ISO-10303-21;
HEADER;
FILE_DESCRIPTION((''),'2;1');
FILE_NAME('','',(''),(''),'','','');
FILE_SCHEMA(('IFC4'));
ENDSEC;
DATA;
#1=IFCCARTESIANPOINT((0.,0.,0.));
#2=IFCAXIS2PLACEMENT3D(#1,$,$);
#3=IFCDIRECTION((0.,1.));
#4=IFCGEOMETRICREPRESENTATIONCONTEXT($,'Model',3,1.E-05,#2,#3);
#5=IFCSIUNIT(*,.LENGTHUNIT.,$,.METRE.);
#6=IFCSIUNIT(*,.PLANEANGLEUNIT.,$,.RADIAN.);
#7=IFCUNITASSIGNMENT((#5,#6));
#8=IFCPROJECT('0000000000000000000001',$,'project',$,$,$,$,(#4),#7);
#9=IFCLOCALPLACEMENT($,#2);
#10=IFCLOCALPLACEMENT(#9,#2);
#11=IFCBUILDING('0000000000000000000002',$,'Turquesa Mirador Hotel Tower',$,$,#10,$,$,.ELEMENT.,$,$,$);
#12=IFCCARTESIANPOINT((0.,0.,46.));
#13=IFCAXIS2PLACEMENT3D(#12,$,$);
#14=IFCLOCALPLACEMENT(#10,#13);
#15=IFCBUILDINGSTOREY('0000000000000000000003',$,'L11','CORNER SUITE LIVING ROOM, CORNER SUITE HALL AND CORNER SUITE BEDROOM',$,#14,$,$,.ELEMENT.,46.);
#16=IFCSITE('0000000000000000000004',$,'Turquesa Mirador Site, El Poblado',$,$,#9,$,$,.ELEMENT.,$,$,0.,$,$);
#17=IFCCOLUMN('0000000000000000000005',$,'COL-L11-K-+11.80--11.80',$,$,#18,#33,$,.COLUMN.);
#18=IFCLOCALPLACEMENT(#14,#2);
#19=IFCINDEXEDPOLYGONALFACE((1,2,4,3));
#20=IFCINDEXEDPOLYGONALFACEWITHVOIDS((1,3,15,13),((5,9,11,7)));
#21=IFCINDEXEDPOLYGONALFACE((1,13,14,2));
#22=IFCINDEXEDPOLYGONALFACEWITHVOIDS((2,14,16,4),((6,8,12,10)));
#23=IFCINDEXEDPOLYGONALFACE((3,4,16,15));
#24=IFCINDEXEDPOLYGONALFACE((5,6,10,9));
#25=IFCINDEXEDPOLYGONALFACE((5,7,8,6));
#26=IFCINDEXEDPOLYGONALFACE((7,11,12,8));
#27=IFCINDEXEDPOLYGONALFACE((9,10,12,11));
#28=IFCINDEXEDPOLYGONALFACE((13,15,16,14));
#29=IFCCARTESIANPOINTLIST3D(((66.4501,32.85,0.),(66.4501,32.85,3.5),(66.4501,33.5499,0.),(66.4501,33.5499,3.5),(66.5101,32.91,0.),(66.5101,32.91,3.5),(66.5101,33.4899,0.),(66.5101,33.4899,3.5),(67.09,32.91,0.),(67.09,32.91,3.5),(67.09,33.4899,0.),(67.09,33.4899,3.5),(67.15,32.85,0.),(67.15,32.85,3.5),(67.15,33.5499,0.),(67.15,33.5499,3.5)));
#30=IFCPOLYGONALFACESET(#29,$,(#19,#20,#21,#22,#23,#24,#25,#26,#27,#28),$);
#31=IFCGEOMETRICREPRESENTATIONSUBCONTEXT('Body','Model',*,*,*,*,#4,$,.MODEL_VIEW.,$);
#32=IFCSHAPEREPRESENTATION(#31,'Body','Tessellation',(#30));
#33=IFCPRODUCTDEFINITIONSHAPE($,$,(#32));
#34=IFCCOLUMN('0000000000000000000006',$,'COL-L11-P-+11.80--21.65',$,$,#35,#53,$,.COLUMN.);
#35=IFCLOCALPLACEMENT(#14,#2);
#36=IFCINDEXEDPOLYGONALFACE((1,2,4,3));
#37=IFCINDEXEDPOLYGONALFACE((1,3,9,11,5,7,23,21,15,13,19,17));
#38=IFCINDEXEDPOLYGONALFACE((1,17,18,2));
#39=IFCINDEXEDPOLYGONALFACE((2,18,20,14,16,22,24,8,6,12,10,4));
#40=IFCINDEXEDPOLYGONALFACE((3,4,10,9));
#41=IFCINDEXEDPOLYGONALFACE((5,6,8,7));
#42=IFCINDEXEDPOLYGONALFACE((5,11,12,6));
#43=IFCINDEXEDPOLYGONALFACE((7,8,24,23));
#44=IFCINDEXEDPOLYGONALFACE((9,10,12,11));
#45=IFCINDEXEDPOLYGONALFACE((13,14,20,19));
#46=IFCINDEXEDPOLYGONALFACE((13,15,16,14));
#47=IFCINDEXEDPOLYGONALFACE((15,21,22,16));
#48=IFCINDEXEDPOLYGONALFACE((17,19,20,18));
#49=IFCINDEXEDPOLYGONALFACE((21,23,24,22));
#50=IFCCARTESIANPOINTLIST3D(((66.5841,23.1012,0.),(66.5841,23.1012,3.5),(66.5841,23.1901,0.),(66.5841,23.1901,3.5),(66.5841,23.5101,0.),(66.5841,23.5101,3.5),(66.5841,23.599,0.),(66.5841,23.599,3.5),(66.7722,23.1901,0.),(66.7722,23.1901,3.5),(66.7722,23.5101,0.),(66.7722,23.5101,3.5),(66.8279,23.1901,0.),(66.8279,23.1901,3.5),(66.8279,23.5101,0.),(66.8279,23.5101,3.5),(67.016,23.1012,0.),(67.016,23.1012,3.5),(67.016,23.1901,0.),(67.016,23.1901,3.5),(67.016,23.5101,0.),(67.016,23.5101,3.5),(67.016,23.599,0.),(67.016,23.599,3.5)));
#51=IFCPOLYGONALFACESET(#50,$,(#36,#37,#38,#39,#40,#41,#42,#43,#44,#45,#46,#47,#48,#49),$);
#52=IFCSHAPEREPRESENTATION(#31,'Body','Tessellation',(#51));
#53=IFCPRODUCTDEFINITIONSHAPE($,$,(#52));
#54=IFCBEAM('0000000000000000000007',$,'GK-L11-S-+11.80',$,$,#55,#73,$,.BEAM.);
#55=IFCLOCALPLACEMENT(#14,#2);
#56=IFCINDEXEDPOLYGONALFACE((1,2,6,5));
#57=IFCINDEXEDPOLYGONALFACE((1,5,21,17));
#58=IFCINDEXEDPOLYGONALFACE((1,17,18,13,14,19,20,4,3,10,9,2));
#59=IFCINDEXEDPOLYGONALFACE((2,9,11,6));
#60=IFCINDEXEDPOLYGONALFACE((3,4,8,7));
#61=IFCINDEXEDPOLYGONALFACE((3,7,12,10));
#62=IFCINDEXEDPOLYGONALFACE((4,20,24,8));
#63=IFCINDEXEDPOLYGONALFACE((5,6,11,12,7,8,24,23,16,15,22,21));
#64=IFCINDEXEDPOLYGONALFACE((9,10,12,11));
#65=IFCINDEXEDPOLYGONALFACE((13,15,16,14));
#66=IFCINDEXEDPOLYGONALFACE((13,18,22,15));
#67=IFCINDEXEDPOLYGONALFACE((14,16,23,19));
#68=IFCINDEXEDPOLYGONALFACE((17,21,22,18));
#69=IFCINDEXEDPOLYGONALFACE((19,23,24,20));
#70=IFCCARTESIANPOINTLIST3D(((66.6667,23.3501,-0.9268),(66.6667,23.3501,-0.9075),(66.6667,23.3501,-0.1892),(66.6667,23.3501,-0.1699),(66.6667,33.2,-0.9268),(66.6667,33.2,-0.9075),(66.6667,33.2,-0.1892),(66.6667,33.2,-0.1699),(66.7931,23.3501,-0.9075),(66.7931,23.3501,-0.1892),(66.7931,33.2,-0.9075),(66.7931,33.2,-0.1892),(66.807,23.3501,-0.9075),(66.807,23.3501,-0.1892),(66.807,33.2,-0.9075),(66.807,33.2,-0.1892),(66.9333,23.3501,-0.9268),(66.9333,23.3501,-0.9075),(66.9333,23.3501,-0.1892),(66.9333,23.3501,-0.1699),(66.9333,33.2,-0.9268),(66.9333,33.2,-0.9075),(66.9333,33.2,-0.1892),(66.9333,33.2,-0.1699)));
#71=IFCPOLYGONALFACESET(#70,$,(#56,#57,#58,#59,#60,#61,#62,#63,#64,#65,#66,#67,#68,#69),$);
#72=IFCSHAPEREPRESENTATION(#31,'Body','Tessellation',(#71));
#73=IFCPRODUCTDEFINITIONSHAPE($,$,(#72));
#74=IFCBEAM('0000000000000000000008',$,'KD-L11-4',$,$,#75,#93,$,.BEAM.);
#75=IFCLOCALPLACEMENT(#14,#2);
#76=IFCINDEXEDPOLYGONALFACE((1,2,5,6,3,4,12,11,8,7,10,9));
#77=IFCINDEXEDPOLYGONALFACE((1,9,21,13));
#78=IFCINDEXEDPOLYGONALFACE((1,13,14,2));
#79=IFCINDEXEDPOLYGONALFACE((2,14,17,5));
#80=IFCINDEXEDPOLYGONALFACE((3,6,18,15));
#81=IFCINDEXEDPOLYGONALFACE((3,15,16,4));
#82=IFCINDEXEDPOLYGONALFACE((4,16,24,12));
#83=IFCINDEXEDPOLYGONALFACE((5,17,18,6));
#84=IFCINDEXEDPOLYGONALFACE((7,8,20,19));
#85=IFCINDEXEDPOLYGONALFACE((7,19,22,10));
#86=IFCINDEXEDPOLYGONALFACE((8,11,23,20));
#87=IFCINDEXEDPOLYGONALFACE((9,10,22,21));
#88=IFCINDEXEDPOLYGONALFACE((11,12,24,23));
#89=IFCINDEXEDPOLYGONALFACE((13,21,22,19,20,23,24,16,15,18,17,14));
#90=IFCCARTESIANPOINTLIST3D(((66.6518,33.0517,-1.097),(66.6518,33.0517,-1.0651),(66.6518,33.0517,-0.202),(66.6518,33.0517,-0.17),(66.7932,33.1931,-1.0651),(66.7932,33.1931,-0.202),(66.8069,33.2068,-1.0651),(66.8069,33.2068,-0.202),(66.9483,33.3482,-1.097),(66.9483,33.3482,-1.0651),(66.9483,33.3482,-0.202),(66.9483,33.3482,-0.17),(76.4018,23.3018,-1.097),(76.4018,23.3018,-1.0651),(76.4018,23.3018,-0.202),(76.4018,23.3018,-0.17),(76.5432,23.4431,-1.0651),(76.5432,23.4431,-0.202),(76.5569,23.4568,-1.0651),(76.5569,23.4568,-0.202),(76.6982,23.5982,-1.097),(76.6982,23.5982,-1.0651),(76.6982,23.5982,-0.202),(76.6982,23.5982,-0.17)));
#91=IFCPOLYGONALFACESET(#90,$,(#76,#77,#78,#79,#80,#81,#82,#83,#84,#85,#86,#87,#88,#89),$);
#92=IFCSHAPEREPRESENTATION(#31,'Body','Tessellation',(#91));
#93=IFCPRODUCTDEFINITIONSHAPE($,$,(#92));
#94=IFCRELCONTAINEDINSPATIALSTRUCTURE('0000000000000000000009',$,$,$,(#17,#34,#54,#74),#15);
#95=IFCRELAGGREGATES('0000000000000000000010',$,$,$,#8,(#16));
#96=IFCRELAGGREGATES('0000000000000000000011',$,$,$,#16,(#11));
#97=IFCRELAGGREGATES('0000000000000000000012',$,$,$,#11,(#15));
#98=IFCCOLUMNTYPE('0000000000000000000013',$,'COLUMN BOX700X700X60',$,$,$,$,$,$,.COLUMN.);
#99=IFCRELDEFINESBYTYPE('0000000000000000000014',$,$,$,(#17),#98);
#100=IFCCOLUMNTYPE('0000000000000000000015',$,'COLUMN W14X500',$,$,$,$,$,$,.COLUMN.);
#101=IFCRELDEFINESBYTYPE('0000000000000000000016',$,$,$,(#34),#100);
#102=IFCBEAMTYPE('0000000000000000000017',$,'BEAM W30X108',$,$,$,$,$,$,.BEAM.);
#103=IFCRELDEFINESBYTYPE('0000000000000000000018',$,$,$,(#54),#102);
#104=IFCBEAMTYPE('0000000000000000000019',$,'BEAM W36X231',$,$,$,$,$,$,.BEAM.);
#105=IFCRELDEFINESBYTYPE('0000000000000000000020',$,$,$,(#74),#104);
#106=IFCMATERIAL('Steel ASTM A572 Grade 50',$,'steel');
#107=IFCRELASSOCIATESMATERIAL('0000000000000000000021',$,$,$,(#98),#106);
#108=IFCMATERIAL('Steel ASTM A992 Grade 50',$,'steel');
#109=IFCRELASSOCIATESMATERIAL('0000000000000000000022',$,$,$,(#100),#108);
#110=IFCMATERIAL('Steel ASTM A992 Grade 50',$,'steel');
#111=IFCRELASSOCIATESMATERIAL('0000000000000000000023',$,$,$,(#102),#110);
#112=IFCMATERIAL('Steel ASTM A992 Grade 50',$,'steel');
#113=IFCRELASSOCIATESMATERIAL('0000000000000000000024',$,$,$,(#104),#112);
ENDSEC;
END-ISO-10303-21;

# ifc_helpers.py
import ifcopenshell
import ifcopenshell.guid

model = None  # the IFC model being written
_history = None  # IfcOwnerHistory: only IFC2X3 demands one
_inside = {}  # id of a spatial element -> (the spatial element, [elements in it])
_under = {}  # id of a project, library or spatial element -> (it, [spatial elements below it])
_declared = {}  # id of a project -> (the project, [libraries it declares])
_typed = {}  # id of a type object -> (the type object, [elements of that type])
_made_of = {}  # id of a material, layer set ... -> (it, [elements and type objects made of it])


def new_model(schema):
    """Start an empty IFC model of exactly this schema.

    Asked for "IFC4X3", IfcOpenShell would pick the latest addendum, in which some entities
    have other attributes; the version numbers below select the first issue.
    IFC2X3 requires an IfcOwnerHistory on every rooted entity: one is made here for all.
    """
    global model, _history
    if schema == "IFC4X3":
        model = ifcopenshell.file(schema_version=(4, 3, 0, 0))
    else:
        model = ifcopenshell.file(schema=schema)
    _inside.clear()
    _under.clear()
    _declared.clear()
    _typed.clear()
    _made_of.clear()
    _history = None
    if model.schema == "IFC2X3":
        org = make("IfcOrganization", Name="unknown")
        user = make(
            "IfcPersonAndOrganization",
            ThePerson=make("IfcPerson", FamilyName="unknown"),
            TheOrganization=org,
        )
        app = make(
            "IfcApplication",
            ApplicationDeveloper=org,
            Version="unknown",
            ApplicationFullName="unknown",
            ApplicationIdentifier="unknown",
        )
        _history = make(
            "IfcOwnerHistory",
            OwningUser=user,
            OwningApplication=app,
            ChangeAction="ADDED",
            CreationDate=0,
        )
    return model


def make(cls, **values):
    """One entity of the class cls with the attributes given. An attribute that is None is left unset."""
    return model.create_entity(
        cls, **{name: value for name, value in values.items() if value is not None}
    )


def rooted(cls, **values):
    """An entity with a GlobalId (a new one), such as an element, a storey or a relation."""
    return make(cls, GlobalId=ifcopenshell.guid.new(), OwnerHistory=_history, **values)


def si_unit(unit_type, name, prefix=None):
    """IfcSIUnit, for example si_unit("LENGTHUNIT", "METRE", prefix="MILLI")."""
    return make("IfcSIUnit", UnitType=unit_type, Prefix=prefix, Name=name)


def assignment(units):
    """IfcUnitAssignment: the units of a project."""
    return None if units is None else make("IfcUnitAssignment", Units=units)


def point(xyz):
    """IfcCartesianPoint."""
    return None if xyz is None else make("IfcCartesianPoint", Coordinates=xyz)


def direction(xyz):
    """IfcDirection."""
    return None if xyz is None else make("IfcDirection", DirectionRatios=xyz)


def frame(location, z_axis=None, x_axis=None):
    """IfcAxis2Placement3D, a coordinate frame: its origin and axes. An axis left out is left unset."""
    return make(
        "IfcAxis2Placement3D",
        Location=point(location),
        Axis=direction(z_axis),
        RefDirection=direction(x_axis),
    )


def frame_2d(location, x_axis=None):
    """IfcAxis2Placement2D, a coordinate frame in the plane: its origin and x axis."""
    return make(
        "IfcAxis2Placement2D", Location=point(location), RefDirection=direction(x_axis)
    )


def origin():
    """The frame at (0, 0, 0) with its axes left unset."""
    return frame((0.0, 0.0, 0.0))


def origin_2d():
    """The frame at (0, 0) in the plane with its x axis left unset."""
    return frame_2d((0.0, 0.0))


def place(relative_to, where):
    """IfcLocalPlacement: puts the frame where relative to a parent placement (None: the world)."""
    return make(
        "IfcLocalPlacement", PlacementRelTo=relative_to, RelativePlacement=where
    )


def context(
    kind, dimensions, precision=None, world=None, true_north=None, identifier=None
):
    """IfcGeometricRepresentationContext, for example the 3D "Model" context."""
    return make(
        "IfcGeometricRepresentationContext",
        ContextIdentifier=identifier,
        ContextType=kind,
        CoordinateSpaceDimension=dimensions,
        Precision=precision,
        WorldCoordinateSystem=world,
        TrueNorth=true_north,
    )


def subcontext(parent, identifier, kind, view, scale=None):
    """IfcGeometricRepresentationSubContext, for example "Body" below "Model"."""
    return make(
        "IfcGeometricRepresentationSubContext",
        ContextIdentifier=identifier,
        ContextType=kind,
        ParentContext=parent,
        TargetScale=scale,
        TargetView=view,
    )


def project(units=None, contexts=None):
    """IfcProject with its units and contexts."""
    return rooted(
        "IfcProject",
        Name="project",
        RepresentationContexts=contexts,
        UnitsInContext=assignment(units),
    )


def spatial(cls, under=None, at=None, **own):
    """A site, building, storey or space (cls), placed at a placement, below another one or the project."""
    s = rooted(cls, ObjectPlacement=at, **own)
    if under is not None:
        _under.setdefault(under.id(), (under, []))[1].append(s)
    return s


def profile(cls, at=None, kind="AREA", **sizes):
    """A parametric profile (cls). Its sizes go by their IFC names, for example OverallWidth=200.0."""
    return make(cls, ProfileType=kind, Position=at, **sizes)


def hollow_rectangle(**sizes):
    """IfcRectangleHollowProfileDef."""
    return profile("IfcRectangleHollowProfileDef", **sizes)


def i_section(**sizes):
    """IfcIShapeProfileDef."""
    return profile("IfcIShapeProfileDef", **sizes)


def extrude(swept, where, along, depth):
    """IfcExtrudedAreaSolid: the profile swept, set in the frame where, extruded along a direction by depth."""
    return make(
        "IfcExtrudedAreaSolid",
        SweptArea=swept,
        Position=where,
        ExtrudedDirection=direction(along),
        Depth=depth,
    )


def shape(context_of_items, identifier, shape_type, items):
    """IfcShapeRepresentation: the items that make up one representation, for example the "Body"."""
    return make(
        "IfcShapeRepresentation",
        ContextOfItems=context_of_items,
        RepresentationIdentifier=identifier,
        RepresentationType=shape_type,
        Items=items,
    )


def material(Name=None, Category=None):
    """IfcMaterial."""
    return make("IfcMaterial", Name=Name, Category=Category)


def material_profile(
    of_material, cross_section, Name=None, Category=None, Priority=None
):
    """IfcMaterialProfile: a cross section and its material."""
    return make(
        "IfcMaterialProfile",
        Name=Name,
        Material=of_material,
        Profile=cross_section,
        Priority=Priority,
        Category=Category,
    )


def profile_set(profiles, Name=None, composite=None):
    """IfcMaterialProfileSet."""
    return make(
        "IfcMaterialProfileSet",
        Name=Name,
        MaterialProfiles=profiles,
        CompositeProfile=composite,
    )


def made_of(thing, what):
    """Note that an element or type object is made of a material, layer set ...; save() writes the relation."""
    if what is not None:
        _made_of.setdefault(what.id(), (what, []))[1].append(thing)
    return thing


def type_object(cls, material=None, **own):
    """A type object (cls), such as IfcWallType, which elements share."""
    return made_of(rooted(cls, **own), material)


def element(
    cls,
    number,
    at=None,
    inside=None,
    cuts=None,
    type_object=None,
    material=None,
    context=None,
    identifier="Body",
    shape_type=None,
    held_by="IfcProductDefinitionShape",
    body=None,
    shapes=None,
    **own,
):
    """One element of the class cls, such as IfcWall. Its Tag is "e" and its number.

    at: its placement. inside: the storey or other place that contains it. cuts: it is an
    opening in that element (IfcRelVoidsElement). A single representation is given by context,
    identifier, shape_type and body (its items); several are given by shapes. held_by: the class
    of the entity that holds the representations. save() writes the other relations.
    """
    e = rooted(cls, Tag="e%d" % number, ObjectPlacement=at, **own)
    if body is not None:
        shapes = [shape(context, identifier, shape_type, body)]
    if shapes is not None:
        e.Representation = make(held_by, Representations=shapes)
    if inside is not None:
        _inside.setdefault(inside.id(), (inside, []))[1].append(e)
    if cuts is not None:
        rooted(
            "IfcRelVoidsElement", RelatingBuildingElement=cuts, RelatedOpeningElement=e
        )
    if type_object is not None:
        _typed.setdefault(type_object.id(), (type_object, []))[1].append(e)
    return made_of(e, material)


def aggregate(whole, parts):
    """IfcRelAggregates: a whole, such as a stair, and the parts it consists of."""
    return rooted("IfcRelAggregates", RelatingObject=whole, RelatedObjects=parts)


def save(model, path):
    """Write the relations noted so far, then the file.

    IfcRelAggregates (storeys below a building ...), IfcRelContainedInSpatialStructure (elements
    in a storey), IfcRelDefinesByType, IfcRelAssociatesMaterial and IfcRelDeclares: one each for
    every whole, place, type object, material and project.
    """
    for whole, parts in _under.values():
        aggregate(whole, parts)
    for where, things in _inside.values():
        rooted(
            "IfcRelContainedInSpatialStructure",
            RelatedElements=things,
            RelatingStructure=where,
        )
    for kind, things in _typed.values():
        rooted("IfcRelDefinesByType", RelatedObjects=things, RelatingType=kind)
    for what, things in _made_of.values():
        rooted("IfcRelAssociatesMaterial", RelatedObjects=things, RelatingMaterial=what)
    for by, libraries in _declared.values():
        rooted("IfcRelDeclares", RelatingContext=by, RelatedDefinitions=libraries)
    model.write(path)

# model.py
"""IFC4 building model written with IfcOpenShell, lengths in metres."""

from ifc_helpers import new_model, si_unit, direction, frame, origin, origin_2d, place, context, subcontext, project, spatial, hollow_rectangle, i_section, extrude, material, material_profile, profile_set, type_object, element, save


model = new_model("IFC4")

# Units and contexts
model_context = context("Model", 3, precision=1e-05, world=origin(), true_north=direction((0.0, 1.0)))
body_context = subcontext(model_context, "Body", "Model", "MODEL_VIEW")
ifc_project = project(units=[si_unit("LENGTHUNIT", "METRE"), si_unit("PLANEANGLEUNIT", "RADIAN")], contexts=[model_context])

# Site, building, storey
site_placement = place(None, origin())
site = spatial("IfcSite", under=ifc_project, at=site_placement, Name="Turquesa Mirador Site, El Poblado", CompositionType="ELEMENT", RefElevation=0.0)
building_placement = place(site_placement, origin())
building = spatial("IfcBuilding", under=site, at=building_placement, Name="Turquesa Mirador Hotel Tower", CompositionType="ELEMENT")
storey_placement = place(building_placement, frame((0.0, 0.0, 46.0)))
storey = spatial("IfcBuildingStorey", under=building, at=storey_placement, Name="L11", Description="CORNER SUITE LIVING ROOM, CORNER SUITE HALL AND CORNER SUITE BEDROOM", CompositionType="ELEMENT", Elevation=46.0)

# Columns
ifc_material_1 = material(Name="Steel ASTM A572 Grade 50", Category="steel")
ifc_material_profile_1 = material_profile(ifc_material_1, hollow_rectangle(XDim=0.7, YDim=0.7, WallThickness=0.0601, at=origin_2d()), Name="BOX700X700X60")
ifc_profile_set_1 = profile_set([ifc_material_profile_1], Name="Steel ASTM A572 Grade 50")
column_type_1 = type_object("IfcColumnType", Name="COLUMN BOX700X700X60", PredefinedType="COLUMN", material=ifc_profile_set_1)
column_1_placement = place(storey_placement, frame((66.8, 33.2, 0.0), z_axis=(0.0, 0.0, 1.0), x_axis=(1.0, 0.0, 0.0)))
element("IfcColumn", 1, at=column_1_placement, inside=storey, type_object=column_type_1, Name="COL-L11-K-+11.80--11.80", PredefinedType="COLUMN", context=body_context, shape_type="SweptSolid", body=[
    extrude(hollow_rectangle(XDim=0.7, YDim=0.7, WallThickness=0.0601, at=origin_2d()), origin(), (0.0, 0.0, 1.0), 3.5),
])
ifc_material_2 = material(Name="Steel ASTM A992 Grade 50", Category="steel")
ifc_material_profile_2 = material_profile(ifc_material_2, i_section(OverallWidth=0.4319, OverallDepth=0.4978, WebThickness=0.0557, FlangeThickness=0.0889, at=origin_2d()), Name="W14X500")
ifc_profile_set_2 = profile_set([ifc_material_profile_2], Name="Steel ASTM A992 Grade 50")
column_type_2 = type_object("IfcColumnType", Name="COLUMN W14X500", PredefinedType="COLUMN", material=ifc_profile_set_2)
column_2_placement = place(storey_placement, frame((66.8, 23.3501, 0.0), z_axis=(0.0, 0.0, 1.0), x_axis=(1.0, 0.0, 0.0)))
element("IfcColumn", 2, at=column_2_placement, inside=storey, type_object=column_type_2, Name="COL-L11-P-+11.80--21.65", PredefinedType="COLUMN", context=body_context, shape_type="SweptSolid", body=[
    extrude(i_section(OverallWidth=0.4319, OverallDepth=0.4978, WebThickness=0.0557, FlangeThickness=0.0889, at=origin_2d()), origin(), (0.0, 0.0, 1.0), 3.5),
])

# Beams
ifc_material_3 = material(Name="Steel ASTM A992 Grade 50", Category="steel")
ifc_material_profile_3 = material_profile(ifc_material_3, i_section(OverallWidth=0.2666, OverallDepth=0.7568, WebThickness=0.0139, FlangeThickness=0.0193, at=origin_2d()), Name="W30X108")
ifc_profile_set_3 = profile_set([ifc_material_profile_3], Name="Steel ASTM A992 Grade 50")
beam_type_1 = type_object("IfcBeamType", Name="BEAM W30X108", PredefinedType="BEAM", material=ifc_profile_set_3)
beam_1_placement = place(storey_placement, frame((66.8, 23.3501, -0.5483), z_axis=(0.0, 1.0, 0.0), x_axis=(-1.0, 0.0, 0.0)))
element("IfcBeam", 3, at=beam_1_placement, inside=storey, type_object=beam_type_1, Name="GK-L11-S-+11.80", PredefinedType="BEAM", context=body_context, shape_type="SweptSolid", body=[
    extrude(i_section(OverallWidth=0.2666, OverallDepth=0.7568, WebThickness=0.0139, FlangeThickness=0.0193, at=origin_2d()), origin(), (0.0, 0.0, 1.0), 9.8499),
])
ifc_material_4 = material(Name="Steel ASTM A992 Grade 50", Category="steel")
ifc_material_profile_4 = material_profile(ifc_material_4, i_section(OverallWidth=0.4192, OverallDepth=0.927, WebThickness=0.0193, FlangeThickness=0.032, at=origin_2d()), Name="W36X231")
ifc_profile_set_4 = profile_set([ifc_material_profile_4], Name="Steel ASTM A992 Grade 50")
beam_type_2 = type_object("IfcBeamType", Name="BEAM W36X231", PredefinedType="BEAM", material=ifc_profile_set_4)
beam_2_placement = place(storey_placement, frame((66.8, 33.2, -0.6335), z_axis=(0.707107, -0.707107, 0.0), x_axis=(0.707107, 0.707107, 0.0)))
element("IfcBeam", 4, at=beam_2_placement, inside=storey, type_object=beam_type_2, Name="KD-L11-4", PredefinedType="BEAM", context=body_context, shape_type="SweptSolid", body=[
    extrude(i_section(OverallWidth=0.4192, OverallDepth=0.927, WebThickness=0.0193, FlangeThickness=0.032, at=origin_2d()), origin(), (0.0, 0.0, 1.0), 13.7886),
])

save(model, "model.ifc")
